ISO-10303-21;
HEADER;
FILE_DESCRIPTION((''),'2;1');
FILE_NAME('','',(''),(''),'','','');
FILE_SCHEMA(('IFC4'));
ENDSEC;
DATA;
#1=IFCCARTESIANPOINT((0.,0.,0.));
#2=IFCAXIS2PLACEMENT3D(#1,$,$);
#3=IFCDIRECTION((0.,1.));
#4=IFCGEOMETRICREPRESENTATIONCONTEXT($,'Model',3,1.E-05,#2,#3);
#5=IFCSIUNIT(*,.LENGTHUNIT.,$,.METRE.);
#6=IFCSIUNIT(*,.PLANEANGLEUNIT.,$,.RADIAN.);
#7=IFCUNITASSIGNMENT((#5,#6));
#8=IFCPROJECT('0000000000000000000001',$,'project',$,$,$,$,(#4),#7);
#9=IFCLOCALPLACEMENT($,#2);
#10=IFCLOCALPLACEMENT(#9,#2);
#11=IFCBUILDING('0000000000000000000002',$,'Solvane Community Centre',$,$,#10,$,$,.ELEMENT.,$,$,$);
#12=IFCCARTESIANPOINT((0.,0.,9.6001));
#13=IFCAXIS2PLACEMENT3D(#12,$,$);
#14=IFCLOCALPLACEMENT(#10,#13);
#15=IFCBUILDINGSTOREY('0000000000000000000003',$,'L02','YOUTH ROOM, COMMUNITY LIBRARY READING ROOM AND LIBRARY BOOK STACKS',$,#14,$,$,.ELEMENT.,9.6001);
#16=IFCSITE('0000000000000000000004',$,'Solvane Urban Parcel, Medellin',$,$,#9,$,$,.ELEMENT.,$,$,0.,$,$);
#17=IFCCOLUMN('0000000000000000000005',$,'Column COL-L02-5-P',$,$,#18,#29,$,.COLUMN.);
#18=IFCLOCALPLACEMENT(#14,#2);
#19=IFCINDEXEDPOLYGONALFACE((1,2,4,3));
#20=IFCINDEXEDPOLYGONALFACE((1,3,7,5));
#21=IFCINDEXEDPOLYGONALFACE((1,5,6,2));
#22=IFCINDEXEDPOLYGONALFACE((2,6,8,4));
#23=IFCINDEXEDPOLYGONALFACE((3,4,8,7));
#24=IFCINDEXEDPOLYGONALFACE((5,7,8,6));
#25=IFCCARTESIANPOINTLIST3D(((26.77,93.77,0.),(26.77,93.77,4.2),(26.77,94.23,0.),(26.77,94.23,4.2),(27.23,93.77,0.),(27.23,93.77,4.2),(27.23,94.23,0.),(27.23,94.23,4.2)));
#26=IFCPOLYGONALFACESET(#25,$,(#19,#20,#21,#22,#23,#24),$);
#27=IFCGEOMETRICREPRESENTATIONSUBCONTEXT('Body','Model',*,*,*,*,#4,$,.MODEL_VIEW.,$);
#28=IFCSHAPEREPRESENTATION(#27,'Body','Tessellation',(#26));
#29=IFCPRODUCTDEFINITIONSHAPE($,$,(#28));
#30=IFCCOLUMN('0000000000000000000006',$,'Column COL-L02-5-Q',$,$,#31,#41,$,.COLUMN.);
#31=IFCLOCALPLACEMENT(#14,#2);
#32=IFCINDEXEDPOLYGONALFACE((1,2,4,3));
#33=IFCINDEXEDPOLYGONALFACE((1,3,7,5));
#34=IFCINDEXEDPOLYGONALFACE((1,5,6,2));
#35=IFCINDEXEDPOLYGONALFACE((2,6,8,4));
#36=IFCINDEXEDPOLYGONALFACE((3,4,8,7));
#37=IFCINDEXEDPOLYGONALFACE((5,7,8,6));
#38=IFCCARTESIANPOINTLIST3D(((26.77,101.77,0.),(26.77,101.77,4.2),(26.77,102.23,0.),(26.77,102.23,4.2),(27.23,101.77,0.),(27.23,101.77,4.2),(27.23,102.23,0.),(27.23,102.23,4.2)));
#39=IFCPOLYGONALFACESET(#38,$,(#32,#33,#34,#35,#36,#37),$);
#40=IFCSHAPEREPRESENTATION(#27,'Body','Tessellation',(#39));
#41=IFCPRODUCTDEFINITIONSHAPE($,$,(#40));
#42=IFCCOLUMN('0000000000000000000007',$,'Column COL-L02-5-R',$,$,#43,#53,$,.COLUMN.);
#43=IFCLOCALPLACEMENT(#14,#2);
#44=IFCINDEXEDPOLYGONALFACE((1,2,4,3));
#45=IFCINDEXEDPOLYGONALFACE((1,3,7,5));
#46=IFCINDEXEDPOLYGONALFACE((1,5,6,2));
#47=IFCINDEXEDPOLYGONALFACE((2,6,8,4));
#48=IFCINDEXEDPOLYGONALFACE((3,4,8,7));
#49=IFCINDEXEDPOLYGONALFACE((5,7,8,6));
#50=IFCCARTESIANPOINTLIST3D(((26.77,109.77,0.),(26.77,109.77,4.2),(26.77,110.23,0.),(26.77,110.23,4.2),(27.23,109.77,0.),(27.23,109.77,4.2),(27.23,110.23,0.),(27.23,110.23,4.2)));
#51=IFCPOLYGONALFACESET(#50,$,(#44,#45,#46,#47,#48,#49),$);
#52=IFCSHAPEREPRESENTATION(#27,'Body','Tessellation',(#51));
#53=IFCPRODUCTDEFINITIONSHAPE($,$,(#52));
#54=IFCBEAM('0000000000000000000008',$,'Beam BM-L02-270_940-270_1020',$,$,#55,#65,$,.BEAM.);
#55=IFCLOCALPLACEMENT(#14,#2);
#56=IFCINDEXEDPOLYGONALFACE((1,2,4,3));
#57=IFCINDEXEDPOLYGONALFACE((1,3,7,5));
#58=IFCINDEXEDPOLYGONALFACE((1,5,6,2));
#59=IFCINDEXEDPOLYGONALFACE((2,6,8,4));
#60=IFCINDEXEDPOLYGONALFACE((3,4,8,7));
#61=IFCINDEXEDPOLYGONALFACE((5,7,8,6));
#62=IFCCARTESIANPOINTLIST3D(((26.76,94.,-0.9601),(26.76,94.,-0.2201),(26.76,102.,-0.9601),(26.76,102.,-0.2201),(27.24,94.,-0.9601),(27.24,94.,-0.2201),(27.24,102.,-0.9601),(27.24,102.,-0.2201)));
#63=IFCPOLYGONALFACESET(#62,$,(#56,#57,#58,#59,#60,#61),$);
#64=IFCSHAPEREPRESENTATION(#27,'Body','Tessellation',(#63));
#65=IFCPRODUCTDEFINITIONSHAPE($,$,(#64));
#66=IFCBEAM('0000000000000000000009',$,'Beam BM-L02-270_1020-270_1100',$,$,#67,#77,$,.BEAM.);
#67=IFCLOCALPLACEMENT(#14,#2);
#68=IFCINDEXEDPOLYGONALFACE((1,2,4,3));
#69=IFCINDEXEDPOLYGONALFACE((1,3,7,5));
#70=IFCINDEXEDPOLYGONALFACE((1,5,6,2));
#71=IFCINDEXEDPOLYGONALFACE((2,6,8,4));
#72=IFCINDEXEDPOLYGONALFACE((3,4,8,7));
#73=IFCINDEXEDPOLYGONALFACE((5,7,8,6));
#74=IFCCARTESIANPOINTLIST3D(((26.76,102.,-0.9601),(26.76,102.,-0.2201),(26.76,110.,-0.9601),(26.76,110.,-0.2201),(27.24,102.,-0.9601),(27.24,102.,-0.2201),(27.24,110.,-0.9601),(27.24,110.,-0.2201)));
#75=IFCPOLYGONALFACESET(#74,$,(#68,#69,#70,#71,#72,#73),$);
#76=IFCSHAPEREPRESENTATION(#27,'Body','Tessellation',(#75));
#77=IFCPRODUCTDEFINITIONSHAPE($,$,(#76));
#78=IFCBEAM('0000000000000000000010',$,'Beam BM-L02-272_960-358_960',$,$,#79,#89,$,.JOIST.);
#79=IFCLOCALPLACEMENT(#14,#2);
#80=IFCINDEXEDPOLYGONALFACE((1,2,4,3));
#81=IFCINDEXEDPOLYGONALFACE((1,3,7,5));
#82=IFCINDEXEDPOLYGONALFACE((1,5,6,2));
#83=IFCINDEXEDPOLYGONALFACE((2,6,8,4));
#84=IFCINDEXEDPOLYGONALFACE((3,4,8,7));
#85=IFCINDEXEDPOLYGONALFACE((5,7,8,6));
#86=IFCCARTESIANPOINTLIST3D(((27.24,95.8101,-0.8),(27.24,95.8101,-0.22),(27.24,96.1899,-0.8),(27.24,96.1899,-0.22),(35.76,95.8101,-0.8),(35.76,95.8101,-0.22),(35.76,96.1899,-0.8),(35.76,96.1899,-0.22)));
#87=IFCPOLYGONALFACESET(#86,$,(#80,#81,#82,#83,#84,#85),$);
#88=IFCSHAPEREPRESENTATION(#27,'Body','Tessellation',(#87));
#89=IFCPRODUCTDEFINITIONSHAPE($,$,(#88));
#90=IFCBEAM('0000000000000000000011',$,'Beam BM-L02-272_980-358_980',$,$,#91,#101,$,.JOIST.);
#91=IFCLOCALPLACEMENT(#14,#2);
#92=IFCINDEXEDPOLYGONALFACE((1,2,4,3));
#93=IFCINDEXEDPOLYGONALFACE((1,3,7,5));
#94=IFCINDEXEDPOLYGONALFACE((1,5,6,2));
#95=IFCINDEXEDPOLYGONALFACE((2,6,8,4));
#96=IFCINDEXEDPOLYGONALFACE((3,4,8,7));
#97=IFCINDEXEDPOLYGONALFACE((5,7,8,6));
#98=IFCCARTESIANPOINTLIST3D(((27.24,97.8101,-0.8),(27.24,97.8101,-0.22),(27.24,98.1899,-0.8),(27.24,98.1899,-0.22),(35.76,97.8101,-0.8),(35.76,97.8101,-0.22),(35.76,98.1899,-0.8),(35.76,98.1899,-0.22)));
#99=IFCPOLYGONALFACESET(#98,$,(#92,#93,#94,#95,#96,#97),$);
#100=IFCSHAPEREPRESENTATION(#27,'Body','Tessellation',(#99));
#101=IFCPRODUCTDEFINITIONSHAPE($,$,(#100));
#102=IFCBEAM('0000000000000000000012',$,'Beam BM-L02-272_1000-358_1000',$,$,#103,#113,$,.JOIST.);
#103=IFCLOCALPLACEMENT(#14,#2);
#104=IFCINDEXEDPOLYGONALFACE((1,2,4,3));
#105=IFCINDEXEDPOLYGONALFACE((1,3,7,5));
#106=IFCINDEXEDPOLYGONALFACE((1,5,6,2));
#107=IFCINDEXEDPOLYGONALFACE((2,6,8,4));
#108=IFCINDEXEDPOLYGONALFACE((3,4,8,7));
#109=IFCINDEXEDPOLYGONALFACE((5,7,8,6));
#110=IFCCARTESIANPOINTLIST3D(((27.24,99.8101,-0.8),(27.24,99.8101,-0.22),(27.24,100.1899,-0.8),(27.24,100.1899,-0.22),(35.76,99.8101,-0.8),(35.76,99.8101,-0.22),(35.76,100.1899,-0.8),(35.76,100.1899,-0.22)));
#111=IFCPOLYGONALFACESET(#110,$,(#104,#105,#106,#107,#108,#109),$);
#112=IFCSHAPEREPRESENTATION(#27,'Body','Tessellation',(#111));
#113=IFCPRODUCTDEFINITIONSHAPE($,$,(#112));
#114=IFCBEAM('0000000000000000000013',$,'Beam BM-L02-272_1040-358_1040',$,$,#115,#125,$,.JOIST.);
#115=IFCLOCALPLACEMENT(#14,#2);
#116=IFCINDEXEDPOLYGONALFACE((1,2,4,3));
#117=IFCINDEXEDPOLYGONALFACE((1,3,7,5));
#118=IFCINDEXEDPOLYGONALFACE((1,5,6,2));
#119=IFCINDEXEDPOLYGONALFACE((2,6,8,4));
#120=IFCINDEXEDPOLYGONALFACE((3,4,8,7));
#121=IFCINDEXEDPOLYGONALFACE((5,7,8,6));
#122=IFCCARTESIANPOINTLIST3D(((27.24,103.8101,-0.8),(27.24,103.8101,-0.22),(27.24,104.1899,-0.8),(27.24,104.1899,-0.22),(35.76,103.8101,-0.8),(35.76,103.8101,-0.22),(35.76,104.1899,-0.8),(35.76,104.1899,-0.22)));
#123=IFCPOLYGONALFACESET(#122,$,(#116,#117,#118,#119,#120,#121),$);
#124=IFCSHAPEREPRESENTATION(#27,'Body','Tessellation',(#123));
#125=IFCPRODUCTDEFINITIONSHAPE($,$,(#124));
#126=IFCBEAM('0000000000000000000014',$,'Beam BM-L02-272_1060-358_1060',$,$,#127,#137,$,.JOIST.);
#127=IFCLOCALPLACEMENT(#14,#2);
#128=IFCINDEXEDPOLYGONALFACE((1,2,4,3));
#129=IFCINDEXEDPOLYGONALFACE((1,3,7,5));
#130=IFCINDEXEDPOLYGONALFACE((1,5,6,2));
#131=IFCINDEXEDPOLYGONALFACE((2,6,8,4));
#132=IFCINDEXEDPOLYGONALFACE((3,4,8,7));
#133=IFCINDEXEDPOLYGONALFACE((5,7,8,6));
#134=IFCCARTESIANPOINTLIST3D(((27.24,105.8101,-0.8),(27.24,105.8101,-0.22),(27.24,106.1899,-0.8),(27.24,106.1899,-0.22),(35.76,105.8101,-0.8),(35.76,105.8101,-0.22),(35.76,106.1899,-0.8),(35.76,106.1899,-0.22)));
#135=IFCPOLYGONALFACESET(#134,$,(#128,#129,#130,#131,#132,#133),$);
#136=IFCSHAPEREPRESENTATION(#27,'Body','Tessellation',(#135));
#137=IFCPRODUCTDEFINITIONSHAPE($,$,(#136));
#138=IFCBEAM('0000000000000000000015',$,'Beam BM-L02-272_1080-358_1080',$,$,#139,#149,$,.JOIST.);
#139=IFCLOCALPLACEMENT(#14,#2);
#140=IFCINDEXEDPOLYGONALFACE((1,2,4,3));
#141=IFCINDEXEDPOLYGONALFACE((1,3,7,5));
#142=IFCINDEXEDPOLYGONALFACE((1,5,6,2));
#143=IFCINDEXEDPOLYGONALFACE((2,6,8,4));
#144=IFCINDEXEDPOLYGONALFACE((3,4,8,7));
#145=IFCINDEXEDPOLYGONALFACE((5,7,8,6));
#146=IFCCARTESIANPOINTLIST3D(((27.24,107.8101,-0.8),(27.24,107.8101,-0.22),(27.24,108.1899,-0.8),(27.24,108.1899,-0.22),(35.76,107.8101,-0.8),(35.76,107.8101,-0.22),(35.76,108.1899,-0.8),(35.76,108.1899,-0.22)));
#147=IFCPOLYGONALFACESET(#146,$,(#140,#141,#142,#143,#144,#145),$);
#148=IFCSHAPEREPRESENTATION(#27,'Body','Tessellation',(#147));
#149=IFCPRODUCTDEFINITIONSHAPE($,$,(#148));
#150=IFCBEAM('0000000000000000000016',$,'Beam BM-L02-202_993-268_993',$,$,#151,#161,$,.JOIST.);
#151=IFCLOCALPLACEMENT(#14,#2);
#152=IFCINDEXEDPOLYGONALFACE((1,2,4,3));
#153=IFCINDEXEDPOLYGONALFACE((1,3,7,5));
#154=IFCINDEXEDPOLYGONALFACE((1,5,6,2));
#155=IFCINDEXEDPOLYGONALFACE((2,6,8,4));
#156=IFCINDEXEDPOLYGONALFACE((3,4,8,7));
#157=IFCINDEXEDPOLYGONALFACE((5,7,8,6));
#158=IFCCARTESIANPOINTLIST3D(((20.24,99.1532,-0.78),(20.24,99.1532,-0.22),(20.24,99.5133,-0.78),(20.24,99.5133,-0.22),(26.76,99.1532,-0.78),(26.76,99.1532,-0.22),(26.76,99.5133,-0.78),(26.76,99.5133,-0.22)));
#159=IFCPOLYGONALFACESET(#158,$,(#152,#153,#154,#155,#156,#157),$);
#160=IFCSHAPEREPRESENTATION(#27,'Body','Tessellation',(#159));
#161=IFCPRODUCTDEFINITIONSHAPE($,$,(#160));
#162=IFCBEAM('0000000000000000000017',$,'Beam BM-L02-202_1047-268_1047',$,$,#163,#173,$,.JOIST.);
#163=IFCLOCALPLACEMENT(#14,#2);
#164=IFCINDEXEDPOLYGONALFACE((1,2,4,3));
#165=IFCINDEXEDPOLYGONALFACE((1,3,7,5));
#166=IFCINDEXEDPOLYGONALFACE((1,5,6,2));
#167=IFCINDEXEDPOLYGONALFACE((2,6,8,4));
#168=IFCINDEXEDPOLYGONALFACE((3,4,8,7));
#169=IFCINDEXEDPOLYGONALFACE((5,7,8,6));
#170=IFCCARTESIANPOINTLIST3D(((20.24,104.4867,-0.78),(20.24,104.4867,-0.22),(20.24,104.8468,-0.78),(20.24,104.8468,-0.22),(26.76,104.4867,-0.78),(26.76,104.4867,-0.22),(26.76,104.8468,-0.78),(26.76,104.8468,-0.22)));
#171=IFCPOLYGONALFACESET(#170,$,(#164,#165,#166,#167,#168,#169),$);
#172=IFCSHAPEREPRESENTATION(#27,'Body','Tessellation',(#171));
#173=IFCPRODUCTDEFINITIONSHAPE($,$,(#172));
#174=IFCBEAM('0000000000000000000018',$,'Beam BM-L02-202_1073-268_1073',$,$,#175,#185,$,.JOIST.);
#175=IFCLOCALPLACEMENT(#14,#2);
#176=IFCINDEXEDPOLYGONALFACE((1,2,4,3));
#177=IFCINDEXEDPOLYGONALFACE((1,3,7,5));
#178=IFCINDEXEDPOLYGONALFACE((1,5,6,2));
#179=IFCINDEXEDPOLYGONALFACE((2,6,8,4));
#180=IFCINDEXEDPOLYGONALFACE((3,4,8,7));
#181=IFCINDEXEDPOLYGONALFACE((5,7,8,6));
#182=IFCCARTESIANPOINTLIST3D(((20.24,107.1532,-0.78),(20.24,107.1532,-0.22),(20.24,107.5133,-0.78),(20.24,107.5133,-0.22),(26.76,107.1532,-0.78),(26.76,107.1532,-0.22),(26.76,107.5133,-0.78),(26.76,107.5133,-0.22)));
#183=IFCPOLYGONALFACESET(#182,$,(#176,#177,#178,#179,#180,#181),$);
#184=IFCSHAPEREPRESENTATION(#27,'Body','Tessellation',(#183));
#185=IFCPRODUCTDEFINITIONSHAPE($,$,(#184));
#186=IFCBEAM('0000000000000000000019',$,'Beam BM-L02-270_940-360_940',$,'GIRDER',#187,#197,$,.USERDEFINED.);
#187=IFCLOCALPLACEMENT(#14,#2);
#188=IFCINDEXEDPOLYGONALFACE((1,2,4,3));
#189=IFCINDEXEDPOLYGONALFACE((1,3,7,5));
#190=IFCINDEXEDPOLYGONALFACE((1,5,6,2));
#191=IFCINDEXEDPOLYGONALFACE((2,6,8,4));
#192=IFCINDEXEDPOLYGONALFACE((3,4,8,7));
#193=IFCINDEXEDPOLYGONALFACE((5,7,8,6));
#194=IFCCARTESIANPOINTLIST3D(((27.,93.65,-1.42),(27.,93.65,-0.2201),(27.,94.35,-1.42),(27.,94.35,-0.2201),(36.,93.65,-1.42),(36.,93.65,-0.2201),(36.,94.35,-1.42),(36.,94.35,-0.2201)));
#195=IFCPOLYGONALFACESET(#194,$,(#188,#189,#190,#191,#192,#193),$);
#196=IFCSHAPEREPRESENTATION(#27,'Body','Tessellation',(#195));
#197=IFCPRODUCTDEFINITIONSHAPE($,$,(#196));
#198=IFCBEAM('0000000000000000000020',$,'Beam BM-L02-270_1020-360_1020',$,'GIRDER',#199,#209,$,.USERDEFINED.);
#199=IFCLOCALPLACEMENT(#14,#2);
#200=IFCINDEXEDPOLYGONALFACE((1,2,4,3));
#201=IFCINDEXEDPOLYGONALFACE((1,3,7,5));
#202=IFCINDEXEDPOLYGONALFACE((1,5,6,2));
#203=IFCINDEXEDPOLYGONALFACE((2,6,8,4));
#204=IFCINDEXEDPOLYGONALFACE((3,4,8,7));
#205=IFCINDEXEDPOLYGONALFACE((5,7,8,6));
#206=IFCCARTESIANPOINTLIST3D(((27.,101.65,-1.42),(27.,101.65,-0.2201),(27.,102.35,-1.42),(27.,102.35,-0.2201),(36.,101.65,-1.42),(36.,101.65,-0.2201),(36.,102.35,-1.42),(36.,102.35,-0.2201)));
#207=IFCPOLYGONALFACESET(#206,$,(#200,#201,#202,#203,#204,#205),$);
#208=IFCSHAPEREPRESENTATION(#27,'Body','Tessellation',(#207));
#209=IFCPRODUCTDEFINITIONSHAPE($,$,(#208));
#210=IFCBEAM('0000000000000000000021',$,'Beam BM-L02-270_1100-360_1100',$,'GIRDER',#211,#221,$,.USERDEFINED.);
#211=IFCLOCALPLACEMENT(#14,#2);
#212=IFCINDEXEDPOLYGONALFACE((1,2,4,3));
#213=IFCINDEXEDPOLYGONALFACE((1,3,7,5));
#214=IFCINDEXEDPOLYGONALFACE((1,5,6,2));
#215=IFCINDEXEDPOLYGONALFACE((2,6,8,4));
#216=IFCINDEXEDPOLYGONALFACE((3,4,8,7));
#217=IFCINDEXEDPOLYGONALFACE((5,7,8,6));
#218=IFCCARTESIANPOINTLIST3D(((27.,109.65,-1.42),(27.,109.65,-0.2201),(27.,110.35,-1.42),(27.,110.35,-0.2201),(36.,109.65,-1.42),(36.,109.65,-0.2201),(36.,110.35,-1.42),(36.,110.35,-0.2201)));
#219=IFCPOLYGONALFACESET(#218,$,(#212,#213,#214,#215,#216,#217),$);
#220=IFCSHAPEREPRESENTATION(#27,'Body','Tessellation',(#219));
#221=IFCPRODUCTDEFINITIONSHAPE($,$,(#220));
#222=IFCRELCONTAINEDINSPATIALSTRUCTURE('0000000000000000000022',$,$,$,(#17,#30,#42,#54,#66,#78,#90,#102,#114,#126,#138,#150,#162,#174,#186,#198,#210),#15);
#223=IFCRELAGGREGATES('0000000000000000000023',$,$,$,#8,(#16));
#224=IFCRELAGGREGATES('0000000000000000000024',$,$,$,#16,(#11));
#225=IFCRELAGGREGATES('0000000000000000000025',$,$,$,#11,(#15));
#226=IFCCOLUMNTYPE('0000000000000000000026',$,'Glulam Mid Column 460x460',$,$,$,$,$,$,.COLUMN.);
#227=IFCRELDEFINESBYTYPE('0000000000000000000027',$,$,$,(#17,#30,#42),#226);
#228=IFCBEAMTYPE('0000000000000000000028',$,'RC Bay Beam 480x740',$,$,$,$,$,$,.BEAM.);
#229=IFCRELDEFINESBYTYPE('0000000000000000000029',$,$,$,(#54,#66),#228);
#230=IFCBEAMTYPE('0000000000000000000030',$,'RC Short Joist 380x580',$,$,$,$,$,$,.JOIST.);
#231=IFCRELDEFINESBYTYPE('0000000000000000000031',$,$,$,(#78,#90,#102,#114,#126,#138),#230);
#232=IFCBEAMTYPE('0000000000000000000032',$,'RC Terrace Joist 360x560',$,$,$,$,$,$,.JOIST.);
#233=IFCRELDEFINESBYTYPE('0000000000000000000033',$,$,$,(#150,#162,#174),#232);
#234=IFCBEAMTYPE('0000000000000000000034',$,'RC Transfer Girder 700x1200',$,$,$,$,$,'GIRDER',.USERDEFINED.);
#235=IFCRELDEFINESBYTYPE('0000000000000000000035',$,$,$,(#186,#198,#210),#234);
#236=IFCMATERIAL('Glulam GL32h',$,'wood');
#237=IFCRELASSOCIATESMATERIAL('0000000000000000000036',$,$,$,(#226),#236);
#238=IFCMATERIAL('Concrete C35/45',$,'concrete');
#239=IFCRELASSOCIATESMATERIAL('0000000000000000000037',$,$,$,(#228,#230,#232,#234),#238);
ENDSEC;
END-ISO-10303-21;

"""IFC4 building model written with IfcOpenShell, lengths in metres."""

from ifc_helpers import new_model, si_unit, direction, frame, origin, origin_2d, place, context, subcontext, project, spatial, rectangle, extrude, material, material_profile, profile_set, type_object, element, save


model = new_model("IFC4")

# Units and contexts
model_context = context("Model", 3, precision=1e-05, world=origin(), true_north=direction((0.0, 1.0)))
body_context = subcontext(model_context, "Body", "Model", "MODEL_VIEW")
ifc_project = project(units=[si_unit("LENGTHUNIT", "METRE"), si_unit("PLANEANGLEUNIT", "RADIAN")], contexts=[model_context])

# Site, building, storey
site_placement = place(None, origin())
site = spatial("IfcSite", under=ifc_project, at=site_placement, Name="Solvane Urban Parcel, Medellin", CompositionType="ELEMENT", RefElevation=0.0)
building_placement = place(site_placement, origin())
building = spatial("IfcBuilding", under=site, at=building_placement, Name="Solvane Community Centre", CompositionType="ELEMENT")
storey_placement = place(building_placement, frame((0.0, 0.0, 9.6001)))
storey = spatial("IfcBuildingStorey", under=building, at=storey_placement, Name="L02", Description="YOUTH ROOM, COMMUNITY LIBRARY READING ROOM AND LIBRARY BOOK STACKS", CompositionType="ELEMENT", Elevation=9.6001)

# Columns
ifc_material_1 = material(Name="Glulam GL32h", Category="wood")
ifc_material_profile_1 = material_profile(ifc_material_1, rectangle(XDim=0.46, YDim=0.46, at=origin_2d()), Name="GL32h 460x460")
ifc_profile_set_1 = profile_set([ifc_material_profile_1], Name="Glulam GL32h")
column_type = type_object("IfcColumnType", Name="Glulam Mid Column 460x460", PredefinedType="COLUMN", material=ifc_profile_set_1)
for number, where, z_axis, x_axis, name in (
    (1, (27.0, 94.0, 0.0), (0.0, 0.0, 1.0), (1.0, 0.0, 0.0), "Column COL-L02-5-P"),
    (2, (27.0, 102.0, 0.0), (0.0, 0.0, 1.0), (1.0, 0.0, 0.0), "Column COL-L02-5-Q"),
    (3, (27.0, 110.0, 0.0), (0.0, 0.0, 1.0), (1.0, 0.0, 0.0), "Column COL-L02-5-R"),
):
    element("IfcColumn", number, at=place(storey_placement, frame(where, z_axis=z_axis, x_axis=x_axis)), inside=storey, type_object=column_type, Name=name, PredefinedType="COLUMN", context=body_context, shape_type="SweptSolid", body=[
        extrude(rectangle(XDim=0.46, YDim=0.46, at=origin_2d()), origin(), (0.0, 0.0, 1.0), 4.2),
    ])

# Beams
ifc_material_2 = material(Name="Concrete C35/45", Category="concrete")
ifc_material_profile_2 = material_profile(ifc_material_2, rectangle(XDim=0.48, YDim=0.74, at=origin_2d()), Name="RC 480x740")
ifc_profile_set_2 = profile_set([ifc_material_profile_2], Name="Concrete C35/45")
beam_type_1 = type_object("IfcBeamType", Name="RC Bay Beam 480x740", PredefinedType="BEAM", material=ifc_profile_set_2)
for number, where, z_axis, x_axis, name in (
    (4, (27.0, 94.0, -0.5901), (0.0, 1.0, 0.0), (-1.0, 0.0, 0.0), "Beam BM-L02-270_940-270_1020"),
    (5, (27.0, 102.0, -0.5901), (0.0, 1.0, 0.0), (-1.0, 0.0, 0.0), "Beam BM-L02-270_1020-270_1100"),
):
    element("IfcBeam", number, at=place(storey_placement, frame(where, z_axis=z_axis, x_axis=x_axis)), inside=storey, type_object=beam_type_1, Name=name, PredefinedType="BEAM", context=body_context, shape_type="SweptSolid", body=[
        extrude(rectangle(XDim=0.48, YDim=0.74, at=origin_2d()), origin(), (0.0, 0.0, 1.0), 8.0),
    ])
ifc_material_profile_3 = material_profile(ifc_material_2, rectangle(XDim=0.3799, YDim=0.5801, at=origin_2d()), Name="RC 380x580")
ifc_profile_set_3 = profile_set([ifc_material_profile_3], Name="Concrete C35/45")
beam_type_2 = type_object("IfcBeamType", Name="RC Short Joist 380x580", PredefinedType="JOIST", material=ifc_profile_set_3)
for number, where, z_axis, x_axis, name in (
    (6, (27.24, 96.0, -0.51), (1.0, 0.0, 0.0), (0.0, 1.0, 0.0), "Beam BM-L02-272_960-358_960"),
    (7, (27.24, 98.0, -0.51), (1.0, 0.0, 0.0), (0.0, 1.0, 0.0), "Beam BM-L02-272_980-358_980"),
    (8, (27.24, 100.0, -0.51), (1.0, 0.0, 0.0), (0.0, 1.0, 0.0), "Beam BM-L02-272_1000-358_1000"),
    (9, (27.24, 104.0, -0.51), (1.0, 0.0, 0.0), (0.0, 1.0, 0.0), "Beam BM-L02-272_1040-358_1040"),
    (10, (27.24, 106.0, -0.51), (1.0, 0.0, 0.0), (0.0, 1.0, 0.0), "Beam BM-L02-272_1060-358_1060"),
    (11, (27.24, 108.0, -0.51), (1.0, 0.0, 0.0), (0.0, 1.0, 0.0), "Beam BM-L02-272_1080-358_1080"),
):
    element("IfcBeam", number, at=place(storey_placement, frame(where, z_axis=z_axis, x_axis=x_axis)), inside=storey, type_object=beam_type_2, Name=name, PredefinedType="JOIST", context=body_context, shape_type="SweptSolid", body=[
        extrude(rectangle(XDim=0.3799, YDim=0.5801, at=origin_2d()), origin(), (0.0, 0.0, 1.0), 8.52),
    ])
ifc_material_profile_4 = material_profile(ifc_material_2, rectangle(XDim=0.3601, YDim=0.5601, at=origin_2d()), Name="RC 360x560")
ifc_profile_set_4 = profile_set([ifc_material_profile_4], Name="Concrete C35/45")
beam_type_3 = type_object("IfcBeamType", Name="RC Terrace Joist 360x560", PredefinedType="JOIST", material=ifc_profile_set_4)
for number, where, z_axis, x_axis, name in (
    (12, (20.24, 99.3333, -0.5), (1.0, 0.0, 0.0), (0.0, 1.0, 0.0), "Beam BM-L02-202_993-268_993"),
    (13, (20.24, 104.6667, -0.5), (1.0, 0.0, 0.0), (0.0, 1.0, 0.0), "Beam BM-L02-202_1047-268_1047"),
    (14, (20.24, 107.3333, -0.5), (1.0, 0.0, 0.0), (0.0, 1.0, 0.0), "Beam BM-L02-202_1073-268_1073"),
):
    element("IfcBeam", number, at=place(storey_placement, frame(where, z_axis=z_axis, x_axis=x_axis)), inside=storey, type_object=beam_type_3, Name=name, PredefinedType="JOIST", context=body_context, shape_type="SweptSolid", body=[
        extrude(rectangle(XDim=0.3601, YDim=0.5601, at=origin_2d()), origin(), (0.0, 0.0, 1.0), 6.52),
    ])
ifc_material_profile_5 = material_profile(ifc_material_2, rectangle(XDim=0.7, YDim=1.2, at=origin_2d()), Name="RC 700x1200")
ifc_profile_set_5 = profile_set([ifc_material_profile_5], Name="Concrete C35/45")
beam_type_4 = type_object("IfcBeamType", Name="RC Transfer Girder 700x1200", ElementType="GIRDER", PredefinedType="USERDEFINED", material=ifc_profile_set_5)
for number, where, z_axis, x_axis, name in (
    (15, (27.0, 94.0, -0.8201), (1.0, 0.0, 0.0), (0.0, 1.0, 0.0), "Beam BM-L02-270_940-360_940"),
    (16, (27.0, 102.0, -0.8201), (1.0, 0.0, 0.0), (0.0, 1.0, 0.0), "Beam BM-L02-270_1020-360_1020"),
    (17, (27.0, 110.0, -0.8201), (1.0, 0.0, 0.0), (0.0, 1.0, 0.0), "Beam BM-L02-270_1100-360_1100"),
):
    element("IfcBeam", number, at=place(storey_placement, frame(where, z_axis=z_axis, x_axis=x_axis)), inside=storey, type_object=beam_type_4, Name=name, ObjectType="GIRDER", PredefinedType="USERDEFINED", context=body_context, shape_type="SweptSolid", body=[
        extrude(rectangle(XDim=0.7, YDim=1.2, at=origin_2d()), origin(), (0.0, 0.0, 1.0), 9.0),
    ])

save(model, "model.ifc")
